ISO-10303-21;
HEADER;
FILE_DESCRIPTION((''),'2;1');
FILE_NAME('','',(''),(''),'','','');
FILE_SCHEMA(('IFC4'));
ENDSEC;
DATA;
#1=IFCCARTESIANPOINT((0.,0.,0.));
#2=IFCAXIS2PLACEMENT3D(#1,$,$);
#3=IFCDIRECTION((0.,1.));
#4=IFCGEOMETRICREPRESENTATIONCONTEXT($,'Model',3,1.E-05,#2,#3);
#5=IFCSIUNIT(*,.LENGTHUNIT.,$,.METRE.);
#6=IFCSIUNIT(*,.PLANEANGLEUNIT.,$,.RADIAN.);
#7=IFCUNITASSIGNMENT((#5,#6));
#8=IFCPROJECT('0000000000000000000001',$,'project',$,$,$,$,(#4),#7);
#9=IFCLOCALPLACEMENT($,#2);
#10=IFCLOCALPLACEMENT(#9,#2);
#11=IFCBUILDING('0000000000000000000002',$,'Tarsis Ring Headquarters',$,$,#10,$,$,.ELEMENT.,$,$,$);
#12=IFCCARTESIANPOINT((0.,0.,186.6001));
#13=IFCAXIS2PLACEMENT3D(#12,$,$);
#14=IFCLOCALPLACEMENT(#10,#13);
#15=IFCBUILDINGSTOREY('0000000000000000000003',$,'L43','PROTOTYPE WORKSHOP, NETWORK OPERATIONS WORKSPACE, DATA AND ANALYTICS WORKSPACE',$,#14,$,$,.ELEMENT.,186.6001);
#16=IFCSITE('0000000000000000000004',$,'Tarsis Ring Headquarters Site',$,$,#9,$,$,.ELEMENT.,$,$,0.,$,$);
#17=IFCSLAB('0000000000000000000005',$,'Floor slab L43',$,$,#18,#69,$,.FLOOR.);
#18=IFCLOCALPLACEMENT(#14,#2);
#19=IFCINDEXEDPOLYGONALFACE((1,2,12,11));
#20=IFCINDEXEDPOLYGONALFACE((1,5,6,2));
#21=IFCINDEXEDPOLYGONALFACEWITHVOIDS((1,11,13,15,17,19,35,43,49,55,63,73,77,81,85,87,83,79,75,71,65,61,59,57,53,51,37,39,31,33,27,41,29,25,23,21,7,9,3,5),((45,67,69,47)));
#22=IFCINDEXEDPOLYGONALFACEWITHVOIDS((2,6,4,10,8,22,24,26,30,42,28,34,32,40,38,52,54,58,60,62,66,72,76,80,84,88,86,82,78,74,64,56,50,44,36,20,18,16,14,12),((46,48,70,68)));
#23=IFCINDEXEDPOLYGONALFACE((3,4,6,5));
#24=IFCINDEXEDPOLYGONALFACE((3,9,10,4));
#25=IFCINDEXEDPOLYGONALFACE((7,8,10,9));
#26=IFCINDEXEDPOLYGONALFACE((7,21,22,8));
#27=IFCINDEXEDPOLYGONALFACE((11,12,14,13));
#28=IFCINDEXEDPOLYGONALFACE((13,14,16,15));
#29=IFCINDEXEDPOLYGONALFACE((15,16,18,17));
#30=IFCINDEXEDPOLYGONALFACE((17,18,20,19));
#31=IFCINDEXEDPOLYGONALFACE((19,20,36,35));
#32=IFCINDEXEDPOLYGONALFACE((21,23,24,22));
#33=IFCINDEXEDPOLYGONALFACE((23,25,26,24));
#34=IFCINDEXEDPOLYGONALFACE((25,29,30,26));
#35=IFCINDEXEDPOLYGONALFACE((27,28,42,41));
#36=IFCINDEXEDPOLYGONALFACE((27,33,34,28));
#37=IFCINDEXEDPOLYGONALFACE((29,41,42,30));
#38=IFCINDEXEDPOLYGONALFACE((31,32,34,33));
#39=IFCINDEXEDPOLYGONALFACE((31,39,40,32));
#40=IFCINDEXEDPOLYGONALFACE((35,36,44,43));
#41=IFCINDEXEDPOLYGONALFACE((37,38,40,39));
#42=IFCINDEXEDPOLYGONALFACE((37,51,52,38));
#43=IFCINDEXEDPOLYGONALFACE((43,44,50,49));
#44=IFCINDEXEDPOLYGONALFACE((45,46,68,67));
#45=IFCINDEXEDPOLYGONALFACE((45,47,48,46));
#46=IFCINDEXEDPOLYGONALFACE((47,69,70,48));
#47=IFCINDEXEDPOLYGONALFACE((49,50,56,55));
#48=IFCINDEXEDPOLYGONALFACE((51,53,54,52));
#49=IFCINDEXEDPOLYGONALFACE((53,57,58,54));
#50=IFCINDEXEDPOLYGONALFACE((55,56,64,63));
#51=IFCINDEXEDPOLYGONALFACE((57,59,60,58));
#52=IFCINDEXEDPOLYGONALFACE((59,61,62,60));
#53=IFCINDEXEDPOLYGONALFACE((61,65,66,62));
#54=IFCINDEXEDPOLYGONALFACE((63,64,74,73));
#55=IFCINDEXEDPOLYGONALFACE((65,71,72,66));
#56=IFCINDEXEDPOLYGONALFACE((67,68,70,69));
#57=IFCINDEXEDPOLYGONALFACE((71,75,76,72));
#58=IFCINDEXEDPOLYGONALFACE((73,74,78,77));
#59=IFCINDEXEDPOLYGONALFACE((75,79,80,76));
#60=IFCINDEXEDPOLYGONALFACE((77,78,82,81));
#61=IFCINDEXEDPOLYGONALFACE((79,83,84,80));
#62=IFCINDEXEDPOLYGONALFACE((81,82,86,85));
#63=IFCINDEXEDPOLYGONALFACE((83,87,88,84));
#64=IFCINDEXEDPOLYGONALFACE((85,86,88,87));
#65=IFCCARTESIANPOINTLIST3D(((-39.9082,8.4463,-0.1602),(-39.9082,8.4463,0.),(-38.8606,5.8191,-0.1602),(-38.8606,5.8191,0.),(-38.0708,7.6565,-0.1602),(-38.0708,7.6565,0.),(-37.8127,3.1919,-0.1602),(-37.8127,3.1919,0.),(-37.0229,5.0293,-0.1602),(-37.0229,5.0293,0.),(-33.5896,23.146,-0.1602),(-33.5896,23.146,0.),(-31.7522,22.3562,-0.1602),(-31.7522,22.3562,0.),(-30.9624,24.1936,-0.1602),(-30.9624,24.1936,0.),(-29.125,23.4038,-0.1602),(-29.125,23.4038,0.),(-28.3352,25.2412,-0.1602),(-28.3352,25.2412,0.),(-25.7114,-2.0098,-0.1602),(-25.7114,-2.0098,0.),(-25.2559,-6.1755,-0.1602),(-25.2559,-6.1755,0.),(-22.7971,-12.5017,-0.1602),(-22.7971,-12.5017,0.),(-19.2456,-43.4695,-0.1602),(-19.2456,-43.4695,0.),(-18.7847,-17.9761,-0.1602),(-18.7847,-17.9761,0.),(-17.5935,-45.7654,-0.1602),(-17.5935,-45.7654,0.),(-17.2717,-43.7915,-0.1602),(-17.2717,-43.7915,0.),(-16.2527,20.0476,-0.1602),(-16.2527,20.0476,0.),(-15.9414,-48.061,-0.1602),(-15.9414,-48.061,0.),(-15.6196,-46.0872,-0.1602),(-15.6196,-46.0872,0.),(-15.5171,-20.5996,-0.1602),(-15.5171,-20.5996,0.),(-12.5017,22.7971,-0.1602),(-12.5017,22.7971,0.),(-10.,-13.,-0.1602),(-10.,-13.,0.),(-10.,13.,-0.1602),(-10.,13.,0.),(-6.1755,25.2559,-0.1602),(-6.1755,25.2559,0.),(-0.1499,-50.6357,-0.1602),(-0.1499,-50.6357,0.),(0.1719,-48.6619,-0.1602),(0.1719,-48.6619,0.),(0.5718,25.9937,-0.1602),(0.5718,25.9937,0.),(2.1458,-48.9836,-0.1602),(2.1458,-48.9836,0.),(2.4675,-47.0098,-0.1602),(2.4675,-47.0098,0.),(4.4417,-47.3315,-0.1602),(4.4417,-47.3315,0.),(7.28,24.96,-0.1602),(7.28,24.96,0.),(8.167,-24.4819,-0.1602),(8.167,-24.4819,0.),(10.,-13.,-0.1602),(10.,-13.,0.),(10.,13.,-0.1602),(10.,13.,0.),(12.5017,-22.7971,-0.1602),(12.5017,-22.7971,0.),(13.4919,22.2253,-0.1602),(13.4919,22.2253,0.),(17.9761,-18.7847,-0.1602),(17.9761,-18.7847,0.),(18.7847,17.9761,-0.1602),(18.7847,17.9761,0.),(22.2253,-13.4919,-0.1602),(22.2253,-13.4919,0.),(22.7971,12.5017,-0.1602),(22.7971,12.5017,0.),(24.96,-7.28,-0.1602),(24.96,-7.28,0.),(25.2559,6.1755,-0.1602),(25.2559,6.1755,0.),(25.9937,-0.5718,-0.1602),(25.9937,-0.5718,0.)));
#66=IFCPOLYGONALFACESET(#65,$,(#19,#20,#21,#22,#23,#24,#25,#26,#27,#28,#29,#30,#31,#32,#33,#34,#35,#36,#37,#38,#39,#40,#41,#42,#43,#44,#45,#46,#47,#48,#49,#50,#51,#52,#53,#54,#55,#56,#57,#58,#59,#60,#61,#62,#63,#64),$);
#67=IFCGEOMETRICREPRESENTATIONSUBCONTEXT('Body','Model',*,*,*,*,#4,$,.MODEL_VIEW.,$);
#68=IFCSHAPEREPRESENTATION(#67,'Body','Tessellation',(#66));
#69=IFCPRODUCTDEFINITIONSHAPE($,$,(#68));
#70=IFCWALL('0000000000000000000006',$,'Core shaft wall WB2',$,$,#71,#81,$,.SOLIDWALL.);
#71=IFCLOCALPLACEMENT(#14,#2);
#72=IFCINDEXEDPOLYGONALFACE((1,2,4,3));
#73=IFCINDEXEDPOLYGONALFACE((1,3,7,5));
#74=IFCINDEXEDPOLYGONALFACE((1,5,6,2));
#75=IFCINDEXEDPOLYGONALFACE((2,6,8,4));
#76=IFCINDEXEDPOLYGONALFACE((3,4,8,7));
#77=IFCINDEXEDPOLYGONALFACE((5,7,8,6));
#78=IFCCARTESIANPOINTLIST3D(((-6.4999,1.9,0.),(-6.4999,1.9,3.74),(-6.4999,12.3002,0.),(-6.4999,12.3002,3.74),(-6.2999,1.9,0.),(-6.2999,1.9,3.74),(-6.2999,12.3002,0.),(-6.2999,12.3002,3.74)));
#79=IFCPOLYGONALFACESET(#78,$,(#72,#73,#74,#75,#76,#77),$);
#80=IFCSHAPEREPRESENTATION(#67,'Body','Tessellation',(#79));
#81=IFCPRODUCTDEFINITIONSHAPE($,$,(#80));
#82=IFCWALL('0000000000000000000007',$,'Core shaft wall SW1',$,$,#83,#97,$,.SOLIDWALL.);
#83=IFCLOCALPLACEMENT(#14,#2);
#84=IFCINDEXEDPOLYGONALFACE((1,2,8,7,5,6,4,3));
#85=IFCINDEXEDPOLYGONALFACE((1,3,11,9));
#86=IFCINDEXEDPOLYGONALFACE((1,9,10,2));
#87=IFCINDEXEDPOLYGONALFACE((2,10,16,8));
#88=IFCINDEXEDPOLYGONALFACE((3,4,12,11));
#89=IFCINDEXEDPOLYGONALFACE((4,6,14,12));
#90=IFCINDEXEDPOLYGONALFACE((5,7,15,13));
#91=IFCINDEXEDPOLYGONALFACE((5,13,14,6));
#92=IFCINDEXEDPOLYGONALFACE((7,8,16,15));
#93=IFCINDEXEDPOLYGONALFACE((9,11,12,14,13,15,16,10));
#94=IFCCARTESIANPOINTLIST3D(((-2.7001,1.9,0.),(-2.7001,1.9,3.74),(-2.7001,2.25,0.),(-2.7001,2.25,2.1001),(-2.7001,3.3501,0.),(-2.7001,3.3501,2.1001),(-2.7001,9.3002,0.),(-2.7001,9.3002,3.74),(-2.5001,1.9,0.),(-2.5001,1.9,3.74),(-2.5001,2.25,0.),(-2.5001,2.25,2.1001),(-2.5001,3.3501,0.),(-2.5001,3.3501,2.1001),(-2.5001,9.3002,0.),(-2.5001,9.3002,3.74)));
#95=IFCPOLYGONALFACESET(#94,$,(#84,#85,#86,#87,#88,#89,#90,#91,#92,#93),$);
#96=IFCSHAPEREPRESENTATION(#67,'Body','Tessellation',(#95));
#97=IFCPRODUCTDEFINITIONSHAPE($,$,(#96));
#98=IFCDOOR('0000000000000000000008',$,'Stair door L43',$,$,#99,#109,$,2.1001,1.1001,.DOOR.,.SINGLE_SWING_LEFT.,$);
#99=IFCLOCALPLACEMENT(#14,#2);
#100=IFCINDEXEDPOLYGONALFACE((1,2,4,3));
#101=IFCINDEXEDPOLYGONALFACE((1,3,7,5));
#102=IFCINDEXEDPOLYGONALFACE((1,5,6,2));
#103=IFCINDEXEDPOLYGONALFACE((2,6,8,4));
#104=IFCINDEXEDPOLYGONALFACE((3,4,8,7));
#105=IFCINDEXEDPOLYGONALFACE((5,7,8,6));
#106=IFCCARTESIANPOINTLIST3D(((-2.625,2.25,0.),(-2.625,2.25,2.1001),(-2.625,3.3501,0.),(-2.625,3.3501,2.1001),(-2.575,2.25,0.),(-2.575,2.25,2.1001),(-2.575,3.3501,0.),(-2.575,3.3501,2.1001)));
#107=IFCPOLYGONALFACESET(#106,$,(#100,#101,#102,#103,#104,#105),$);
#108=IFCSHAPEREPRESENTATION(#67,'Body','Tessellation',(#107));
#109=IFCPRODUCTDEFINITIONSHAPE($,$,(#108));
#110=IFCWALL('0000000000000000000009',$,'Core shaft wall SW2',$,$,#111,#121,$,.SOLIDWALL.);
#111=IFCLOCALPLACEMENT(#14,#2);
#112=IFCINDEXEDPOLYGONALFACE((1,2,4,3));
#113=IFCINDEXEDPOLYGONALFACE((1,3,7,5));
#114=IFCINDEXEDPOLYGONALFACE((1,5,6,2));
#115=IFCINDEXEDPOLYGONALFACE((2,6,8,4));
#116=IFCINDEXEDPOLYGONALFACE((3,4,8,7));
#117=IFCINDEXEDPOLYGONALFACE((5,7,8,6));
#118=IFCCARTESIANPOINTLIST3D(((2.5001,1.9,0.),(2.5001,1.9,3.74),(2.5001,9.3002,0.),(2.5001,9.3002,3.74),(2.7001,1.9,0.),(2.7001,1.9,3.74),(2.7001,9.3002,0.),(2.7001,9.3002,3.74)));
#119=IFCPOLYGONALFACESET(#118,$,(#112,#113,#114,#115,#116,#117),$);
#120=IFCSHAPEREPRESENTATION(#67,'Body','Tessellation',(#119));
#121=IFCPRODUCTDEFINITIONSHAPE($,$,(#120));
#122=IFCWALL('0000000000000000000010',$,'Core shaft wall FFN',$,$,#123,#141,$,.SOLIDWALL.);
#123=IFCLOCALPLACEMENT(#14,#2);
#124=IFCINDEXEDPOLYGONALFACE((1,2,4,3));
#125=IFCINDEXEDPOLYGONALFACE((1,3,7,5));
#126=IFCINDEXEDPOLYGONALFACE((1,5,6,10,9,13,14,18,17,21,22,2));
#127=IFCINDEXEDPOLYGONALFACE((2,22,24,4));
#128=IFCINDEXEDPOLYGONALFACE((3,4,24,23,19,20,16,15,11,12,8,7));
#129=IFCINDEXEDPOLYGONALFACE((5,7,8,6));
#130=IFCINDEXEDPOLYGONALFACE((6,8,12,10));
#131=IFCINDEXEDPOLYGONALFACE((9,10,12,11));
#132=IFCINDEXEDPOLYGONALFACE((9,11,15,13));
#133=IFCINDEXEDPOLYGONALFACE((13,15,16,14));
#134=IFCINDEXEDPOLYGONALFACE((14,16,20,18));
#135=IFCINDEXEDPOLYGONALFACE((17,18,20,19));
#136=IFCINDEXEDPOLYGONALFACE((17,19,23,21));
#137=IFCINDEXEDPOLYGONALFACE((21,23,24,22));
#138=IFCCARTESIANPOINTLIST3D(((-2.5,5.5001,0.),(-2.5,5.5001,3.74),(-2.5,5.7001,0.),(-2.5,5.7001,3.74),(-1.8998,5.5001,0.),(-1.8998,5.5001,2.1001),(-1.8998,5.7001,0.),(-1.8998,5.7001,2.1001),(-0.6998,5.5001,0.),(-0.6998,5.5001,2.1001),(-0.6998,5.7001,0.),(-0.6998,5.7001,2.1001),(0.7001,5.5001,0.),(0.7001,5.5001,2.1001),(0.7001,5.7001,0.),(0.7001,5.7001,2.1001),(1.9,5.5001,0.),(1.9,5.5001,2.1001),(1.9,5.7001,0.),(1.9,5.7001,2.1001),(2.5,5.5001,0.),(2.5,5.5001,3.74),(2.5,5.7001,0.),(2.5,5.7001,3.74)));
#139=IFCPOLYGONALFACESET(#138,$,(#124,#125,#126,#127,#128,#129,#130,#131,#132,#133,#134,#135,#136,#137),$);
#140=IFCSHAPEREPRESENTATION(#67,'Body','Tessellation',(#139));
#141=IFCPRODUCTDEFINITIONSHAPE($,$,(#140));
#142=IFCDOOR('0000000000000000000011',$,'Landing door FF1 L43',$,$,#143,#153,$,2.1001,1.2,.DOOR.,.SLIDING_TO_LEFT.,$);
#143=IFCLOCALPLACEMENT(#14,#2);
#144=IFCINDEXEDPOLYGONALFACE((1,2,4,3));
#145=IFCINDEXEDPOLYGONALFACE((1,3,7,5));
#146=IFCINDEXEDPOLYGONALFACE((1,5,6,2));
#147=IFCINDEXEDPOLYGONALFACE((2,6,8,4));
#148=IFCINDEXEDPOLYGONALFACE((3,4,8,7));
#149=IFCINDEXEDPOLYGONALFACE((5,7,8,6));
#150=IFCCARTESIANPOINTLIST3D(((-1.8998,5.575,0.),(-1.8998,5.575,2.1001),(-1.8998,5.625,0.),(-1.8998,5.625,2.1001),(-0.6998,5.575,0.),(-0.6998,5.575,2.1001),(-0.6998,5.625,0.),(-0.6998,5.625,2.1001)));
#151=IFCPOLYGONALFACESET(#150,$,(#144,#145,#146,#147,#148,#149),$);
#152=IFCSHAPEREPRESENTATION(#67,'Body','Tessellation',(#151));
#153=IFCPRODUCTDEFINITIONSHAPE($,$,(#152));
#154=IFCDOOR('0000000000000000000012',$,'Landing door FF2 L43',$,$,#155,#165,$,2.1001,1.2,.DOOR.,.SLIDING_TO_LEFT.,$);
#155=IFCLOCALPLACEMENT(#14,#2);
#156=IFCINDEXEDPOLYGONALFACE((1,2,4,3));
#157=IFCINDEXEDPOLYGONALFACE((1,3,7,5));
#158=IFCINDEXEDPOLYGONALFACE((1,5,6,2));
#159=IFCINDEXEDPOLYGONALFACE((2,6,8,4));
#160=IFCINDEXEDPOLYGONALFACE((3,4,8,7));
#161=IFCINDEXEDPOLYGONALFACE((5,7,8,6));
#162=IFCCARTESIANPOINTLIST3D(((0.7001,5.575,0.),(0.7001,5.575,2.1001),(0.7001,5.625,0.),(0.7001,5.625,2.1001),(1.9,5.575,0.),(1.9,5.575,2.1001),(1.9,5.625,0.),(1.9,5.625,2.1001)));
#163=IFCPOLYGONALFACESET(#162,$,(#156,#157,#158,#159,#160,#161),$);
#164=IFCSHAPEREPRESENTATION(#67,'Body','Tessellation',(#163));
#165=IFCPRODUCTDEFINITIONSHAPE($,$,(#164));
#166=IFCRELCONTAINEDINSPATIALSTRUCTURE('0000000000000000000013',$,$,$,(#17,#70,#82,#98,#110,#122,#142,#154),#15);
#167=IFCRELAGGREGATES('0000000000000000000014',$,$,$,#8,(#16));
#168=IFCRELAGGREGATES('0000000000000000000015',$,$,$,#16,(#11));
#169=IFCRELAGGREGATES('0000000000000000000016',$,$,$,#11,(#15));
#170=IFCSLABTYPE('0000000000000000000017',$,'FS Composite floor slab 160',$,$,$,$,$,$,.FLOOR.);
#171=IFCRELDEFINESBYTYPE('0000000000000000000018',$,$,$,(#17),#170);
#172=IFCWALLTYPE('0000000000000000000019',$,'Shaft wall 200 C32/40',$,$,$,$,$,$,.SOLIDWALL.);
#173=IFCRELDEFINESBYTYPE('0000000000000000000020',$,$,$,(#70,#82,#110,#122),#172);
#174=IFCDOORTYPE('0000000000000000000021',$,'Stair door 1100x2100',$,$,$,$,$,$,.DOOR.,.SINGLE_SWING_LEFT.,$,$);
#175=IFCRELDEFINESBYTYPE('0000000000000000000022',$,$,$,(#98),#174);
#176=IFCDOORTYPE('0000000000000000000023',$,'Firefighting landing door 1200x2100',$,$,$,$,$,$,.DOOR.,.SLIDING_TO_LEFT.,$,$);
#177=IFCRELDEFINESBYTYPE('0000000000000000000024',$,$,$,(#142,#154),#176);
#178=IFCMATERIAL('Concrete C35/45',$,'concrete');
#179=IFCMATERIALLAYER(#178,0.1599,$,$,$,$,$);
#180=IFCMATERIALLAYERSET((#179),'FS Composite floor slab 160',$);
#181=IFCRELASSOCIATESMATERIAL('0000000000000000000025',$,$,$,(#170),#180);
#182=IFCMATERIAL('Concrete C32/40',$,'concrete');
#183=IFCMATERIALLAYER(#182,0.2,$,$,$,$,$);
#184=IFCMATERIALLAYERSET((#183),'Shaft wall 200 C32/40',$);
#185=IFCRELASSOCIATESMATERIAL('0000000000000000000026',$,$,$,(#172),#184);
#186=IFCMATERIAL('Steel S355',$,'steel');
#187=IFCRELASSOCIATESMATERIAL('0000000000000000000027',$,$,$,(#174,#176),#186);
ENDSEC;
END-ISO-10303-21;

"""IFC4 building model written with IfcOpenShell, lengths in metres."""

from ifc_helpers import new_model, si_unit, direction, frame, frame_2d, origin, place, context, subcontext, project, spatial, polyline, rectangle, outline, extrude, material, layer, layer_set, type_object, element, fill, save


model = new_model("IFC4")

# Units and contexts
model_context = context("Model", 3, precision=1e-05, world=origin(), true_north=direction((0.0, 1.0)))
body_context = subcontext(model_context, "Body", "Model", "MODEL_VIEW")
ifc_project = project(units=[si_unit("LENGTHUNIT", "METRE"), si_unit("PLANEANGLEUNIT", "RADIAN")], contexts=[model_context])

# Site, building, storey
site_placement = place(None, origin())
site = spatial("IfcSite", under=ifc_project, at=site_placement, Name="Tarsis Ring Headquarters Site", CompositionType="ELEMENT", RefElevation=0.0)
building_placement = place(site_placement, origin())
building = spatial("IfcBuilding", under=site, at=building_placement, Name="Tarsis Ring Headquarters", CompositionType="ELEMENT")
storey_placement = place(building_placement, frame((0.0, 0.0, 186.6001)))
storey = spatial("IfcBuildingStorey", under=building, at=storey_placement, Name="L43", Description="PROTOTYPE WORKSHOP, NETWORK OPERATIONS WORKSPACE, DATA AND ANALYTICS WORKSPACE", CompositionType="ELEMENT", Elevation=186.6001)

# Slab
ifc_material_1 = material(Name="Concrete C35/45", Category="concrete")
ifc_layer_1 = layer(ifc_material_1, 0.1599)
ifc_layer_set_1 = layer_set([ifc_layer_1], Name="FS Composite floor slab 160")
slab_type_1 = type_object("IfcSlabType", Name="FS Composite floor slab 160", PredefinedType="FLOOR", material=ifc_layer_set_1)
slab_1_placement = place(storey_placement, frame((0.0, 0.0, -0.1602)))
element("IfcSlab", 1, at=slab_1_placement, inside=storey, type_object=slab_type_1, Name="Floor slab L43", PredefinedType="FLOOR", context=body_context, shape_type="SweptSolid", body=[
    extrude(outline(polyline([(-25.7114, -2.0098), (-25.2559, -6.1755), (-22.7971, -12.5017), (-18.7847, -17.9761), (-15.5171, -20.5996), (-19.2456, -43.4695), (-17.2717, -43.7915), (-17.5935, -45.7654), (-15.6196, -46.0872), (-15.9414, -48.061), (-0.1499, -50.6357), (0.1719, -48.6619), (2.1458, -48.9836), (2.4675, -47.0098), (4.4417, -47.3315), (8.167, -24.4819), (12.5017, -22.7971), (17.9761, -18.7847), (22.2253, -13.4919), (24.96, -7.28), (25.9937, -0.5718), (25.2559, 6.1755), (22.7971, 12.5017), (18.7847, 17.9761), (13.4919, 22.2253), (7.28, 24.96), (0.5718, 25.9937), (-6.1755, 25.2559), (-12.5017, 22.7971), (-16.2527, 20.0476), (-28.3352, 25.2412), (-29.125, 23.4038), (-30.9624, 24.1936), (-31.7522, 22.3562), (-33.5896, 23.146), (-39.9082, 8.4463), (-38.0708, 7.6565), (-38.8606, 5.8191), (-37.0229, 5.0293), (-37.8127, 3.1919), (-25.7114, -2.0098)]), holes=[polyline([(-10.0, -13.0), (-10.0, 13.0), (10.0, 13.0), (10.0, -13.0), (-10.0, -13.0)])]), origin(), (0.0, 0.0, 1.0), 0.1602),
])

# Wall
ifc_material_2 = material(Name="Concrete C32/40", Category="concrete")
ifc_layer_2 = layer(ifc_material_2, 0.2)
ifc_layer_set_2 = layer_set([ifc_layer_2], Name="Shaft wall 200 C32/40")
wall_type = type_object("IfcWallType", Name="Shaft wall 200 C32/40", PredefinedType="SOLIDWALL", material=ifc_layer_set_2)
wall_1_placement = place(storey_placement, frame((-6.3999, 1.8999, 0.0), z_axis=(0.0, 0.0, 1.0), x_axis=(0.0, 1.0, 0.0)))
element("IfcWall", 2, at=wall_1_placement, inside=storey, type_object=wall_type, Name="Core shaft wall WB2", PredefinedType="SOLIDWALL", context=body_context, shape_type="SweptSolid", body=[
    extrude(rectangle(XDim=10.4001, YDim=0.2, at=frame_2d((5.2002, 0.0))), origin(), (0.0, 0.0, 1.0), 3.74),
])

# Wall, opening, door
wall_2_placement = place(storey_placement, frame((-2.6001, 1.8999, 0.0), z_axis=(0.0, 0.0, 1.0), x_axis=(0.0, 1.0, 0.0)))
wall_2 = element("IfcWall", 3, at=wall_2_placement, inside=storey, type_object=wall_type, Name="Core shaft wall SW1", PredefinedType="SOLIDWALL", context=body_context, shape_type="SweptSolid", body=[
    extrude(rectangle(XDim=7.4001, YDim=0.2, at=frame_2d((3.7002, 0.0))), origin(), (0.0, 0.0, 1.0), 3.74),
])
opening_1_placement = place(wall_2_placement, frame((0.3501, 0.0, 0.0)))
opening_1 = element("IfcOpeningElement", 4, at=opening_1_placement, cuts=wall_2, PredefinedType="OPENING", context=body_context, shape_type="SweptSolid", body=[
    extrude(rectangle(XDim=1.1001, YDim=2.1001, at=frame_2d((0.55, 1.05))), frame((0.0, 0.1099, 0.0), z_axis=(0.0, -1.0, 0.0), x_axis=(1.0, 0.0, 0.0)), (0.0, 0.0, 1.0), 0.22),
])
ifc_material_3 = material(Name="Steel S355", Category="steel")
door_type_1 = type_object("IfcDoorType", Name="Stair door 1100x2100", OperationType="SINGLE_SWING_LEFT", PredefinedType="DOOR", material=ifc_material_3)
door_1_placement = place(opening_1_placement, origin())
door_1 = element("IfcDoor", 5, at=door_1_placement, inside=storey, type_object=door_type_1, Name="Stair door L43", OperationType="SINGLE_SWING_LEFT", OverallHeight=2.1001, OverallWidth=1.1001, PredefinedType="DOOR", context=body_context, shape_type="SweptSolid", body=[
    extrude(rectangle(XDim=1.1001, YDim=2.1001, at=frame_2d((0.55, 1.05))), frame((0.0, 0.0249, 0.0), z_axis=(0.0, -1.0, 0.0), x_axis=(1.0, 0.0, 0.0)), (0.0, 0.0, 1.0), 0.05),
])
fill(opening_1, door_1)

# Wall
wall_3_placement = place(storey_placement, frame((2.6001, 1.8999, 0.0), z_axis=(0.0, 0.0, 1.0), x_axis=(0.0, 1.0, 0.0)))
element("IfcWall", 6, at=wall_3_placement, inside=storey, type_object=wall_type, Name="Core shaft wall SW2", PredefinedType="SOLIDWALL", context=body_context, shape_type="SweptSolid", body=[
    extrude(rectangle(XDim=7.4001, YDim=0.2, at=frame_2d((3.7002, 0.0))), origin(), (0.0, 0.0, 1.0), 3.74),
])

# Wall, openings, doors
wall_4_placement = place(storey_placement, frame((-2.5, 5.6001, 0.0), z_axis=(0.0, 0.0, 1.0), x_axis=(1.0, 0.0, 0.0)))
wall_4 = element("IfcWall", 7, at=wall_4_placement, inside=storey, type_object=wall_type, Name="Core shaft wall FFN", PredefinedType="SOLIDWALL", context=body_context, shape_type="SweptSolid", body=[
    extrude(rectangle(XDim=5.0, YDim=0.2, at=frame_2d((2.5, 0.0))), origin(), (0.0, 0.0, 1.0), 3.74),
])
opening_2_placement = place(wall_4_placement, frame((0.6001, 0.0, 0.0)))
opening_2 = element("IfcOpeningElement", 8, at=opening_2_placement, cuts=wall_4, PredefinedType="OPENING", context=body_context, shape_type="SweptSolid", body=[
    extrude(rectangle(XDim=1.2, YDim=2.1001, at=frame_2d((0.6001, 1.05))), frame((0.0, 0.1099, 0.0), z_axis=(0.0, -1.0, 0.0), x_axis=(1.0, 0.0, 0.0)), (0.0, 0.0, 1.0), 0.22),
])
opening_3_placement = place(wall_4_placement, frame((3.2, 0.0, 0.0)))
opening_3 = element("IfcOpeningElement", 9, at=opening_3_placement, cuts=wall_4, PredefinedType="OPENING", context=body_context, shape_type="SweptSolid", body=[
    extrude(rectangle(XDim=1.2, YDim=2.1001, at=frame_2d((0.6001, 1.05))), frame((0.0, 0.1099, 0.0), z_axis=(0.0, -1.0, 0.0), x_axis=(1.0, 0.0, 0.0)), (0.0, 0.0, 1.0), 0.22),
])
door_type_2 = type_object("IfcDoorType", Name="Firefighting landing door 1200x2100", OperationType="SLIDING_TO_LEFT", PredefinedType="DOOR", material=ifc_material_3)
door_2_placement = place(opening_2_placement, origin())
door_2 = element("IfcDoor", 10, at=door_2_placement, inside=storey, type_object=door_type_2, Name="Landing door FF1 L43", OperationType="SLIDING_TO_LEFT", OverallHeight=2.1001, OverallWidth=1.2, PredefinedType="DOOR", context=body_context, shape_type="SweptSolid", body=[
    extrude(rectangle(XDim=1.2, YDim=2.1001, at=frame_2d((0.6001, 1.05))), frame((0.0, 0.0249, 0.0), z_axis=(0.0, -1.0, 0.0), x_axis=(1.0, 0.0, 0.0)), (0.0, 0.0, 1.0), 0.05),
])
fill(opening_2, door_2)
door_3_placement = place(opening_3_placement, origin())
door_3 = element("IfcDoor", 11, at=door_3_placement, inside=storey, type_object=door_type_2, Name="Landing door FF2 L43", OperationType="SLIDING_TO_LEFT", OverallHeight=2.1001, OverallWidth=1.2, PredefinedType="DOOR", context=body_context, shape_type="SweptSolid", body=[
    extrude(rectangle(XDim=1.2, YDim=2.1001, at=frame_2d((0.6001, 1.05))), frame((0.0, 0.0249, 0.0), z_axis=(0.0, -1.0, 0.0), x_axis=(1.0, 0.0, 0.0)), (0.0, 0.0, 1.0), 0.05),
])
fill(opening_3, door_3)

save(model, "model.ifc")
